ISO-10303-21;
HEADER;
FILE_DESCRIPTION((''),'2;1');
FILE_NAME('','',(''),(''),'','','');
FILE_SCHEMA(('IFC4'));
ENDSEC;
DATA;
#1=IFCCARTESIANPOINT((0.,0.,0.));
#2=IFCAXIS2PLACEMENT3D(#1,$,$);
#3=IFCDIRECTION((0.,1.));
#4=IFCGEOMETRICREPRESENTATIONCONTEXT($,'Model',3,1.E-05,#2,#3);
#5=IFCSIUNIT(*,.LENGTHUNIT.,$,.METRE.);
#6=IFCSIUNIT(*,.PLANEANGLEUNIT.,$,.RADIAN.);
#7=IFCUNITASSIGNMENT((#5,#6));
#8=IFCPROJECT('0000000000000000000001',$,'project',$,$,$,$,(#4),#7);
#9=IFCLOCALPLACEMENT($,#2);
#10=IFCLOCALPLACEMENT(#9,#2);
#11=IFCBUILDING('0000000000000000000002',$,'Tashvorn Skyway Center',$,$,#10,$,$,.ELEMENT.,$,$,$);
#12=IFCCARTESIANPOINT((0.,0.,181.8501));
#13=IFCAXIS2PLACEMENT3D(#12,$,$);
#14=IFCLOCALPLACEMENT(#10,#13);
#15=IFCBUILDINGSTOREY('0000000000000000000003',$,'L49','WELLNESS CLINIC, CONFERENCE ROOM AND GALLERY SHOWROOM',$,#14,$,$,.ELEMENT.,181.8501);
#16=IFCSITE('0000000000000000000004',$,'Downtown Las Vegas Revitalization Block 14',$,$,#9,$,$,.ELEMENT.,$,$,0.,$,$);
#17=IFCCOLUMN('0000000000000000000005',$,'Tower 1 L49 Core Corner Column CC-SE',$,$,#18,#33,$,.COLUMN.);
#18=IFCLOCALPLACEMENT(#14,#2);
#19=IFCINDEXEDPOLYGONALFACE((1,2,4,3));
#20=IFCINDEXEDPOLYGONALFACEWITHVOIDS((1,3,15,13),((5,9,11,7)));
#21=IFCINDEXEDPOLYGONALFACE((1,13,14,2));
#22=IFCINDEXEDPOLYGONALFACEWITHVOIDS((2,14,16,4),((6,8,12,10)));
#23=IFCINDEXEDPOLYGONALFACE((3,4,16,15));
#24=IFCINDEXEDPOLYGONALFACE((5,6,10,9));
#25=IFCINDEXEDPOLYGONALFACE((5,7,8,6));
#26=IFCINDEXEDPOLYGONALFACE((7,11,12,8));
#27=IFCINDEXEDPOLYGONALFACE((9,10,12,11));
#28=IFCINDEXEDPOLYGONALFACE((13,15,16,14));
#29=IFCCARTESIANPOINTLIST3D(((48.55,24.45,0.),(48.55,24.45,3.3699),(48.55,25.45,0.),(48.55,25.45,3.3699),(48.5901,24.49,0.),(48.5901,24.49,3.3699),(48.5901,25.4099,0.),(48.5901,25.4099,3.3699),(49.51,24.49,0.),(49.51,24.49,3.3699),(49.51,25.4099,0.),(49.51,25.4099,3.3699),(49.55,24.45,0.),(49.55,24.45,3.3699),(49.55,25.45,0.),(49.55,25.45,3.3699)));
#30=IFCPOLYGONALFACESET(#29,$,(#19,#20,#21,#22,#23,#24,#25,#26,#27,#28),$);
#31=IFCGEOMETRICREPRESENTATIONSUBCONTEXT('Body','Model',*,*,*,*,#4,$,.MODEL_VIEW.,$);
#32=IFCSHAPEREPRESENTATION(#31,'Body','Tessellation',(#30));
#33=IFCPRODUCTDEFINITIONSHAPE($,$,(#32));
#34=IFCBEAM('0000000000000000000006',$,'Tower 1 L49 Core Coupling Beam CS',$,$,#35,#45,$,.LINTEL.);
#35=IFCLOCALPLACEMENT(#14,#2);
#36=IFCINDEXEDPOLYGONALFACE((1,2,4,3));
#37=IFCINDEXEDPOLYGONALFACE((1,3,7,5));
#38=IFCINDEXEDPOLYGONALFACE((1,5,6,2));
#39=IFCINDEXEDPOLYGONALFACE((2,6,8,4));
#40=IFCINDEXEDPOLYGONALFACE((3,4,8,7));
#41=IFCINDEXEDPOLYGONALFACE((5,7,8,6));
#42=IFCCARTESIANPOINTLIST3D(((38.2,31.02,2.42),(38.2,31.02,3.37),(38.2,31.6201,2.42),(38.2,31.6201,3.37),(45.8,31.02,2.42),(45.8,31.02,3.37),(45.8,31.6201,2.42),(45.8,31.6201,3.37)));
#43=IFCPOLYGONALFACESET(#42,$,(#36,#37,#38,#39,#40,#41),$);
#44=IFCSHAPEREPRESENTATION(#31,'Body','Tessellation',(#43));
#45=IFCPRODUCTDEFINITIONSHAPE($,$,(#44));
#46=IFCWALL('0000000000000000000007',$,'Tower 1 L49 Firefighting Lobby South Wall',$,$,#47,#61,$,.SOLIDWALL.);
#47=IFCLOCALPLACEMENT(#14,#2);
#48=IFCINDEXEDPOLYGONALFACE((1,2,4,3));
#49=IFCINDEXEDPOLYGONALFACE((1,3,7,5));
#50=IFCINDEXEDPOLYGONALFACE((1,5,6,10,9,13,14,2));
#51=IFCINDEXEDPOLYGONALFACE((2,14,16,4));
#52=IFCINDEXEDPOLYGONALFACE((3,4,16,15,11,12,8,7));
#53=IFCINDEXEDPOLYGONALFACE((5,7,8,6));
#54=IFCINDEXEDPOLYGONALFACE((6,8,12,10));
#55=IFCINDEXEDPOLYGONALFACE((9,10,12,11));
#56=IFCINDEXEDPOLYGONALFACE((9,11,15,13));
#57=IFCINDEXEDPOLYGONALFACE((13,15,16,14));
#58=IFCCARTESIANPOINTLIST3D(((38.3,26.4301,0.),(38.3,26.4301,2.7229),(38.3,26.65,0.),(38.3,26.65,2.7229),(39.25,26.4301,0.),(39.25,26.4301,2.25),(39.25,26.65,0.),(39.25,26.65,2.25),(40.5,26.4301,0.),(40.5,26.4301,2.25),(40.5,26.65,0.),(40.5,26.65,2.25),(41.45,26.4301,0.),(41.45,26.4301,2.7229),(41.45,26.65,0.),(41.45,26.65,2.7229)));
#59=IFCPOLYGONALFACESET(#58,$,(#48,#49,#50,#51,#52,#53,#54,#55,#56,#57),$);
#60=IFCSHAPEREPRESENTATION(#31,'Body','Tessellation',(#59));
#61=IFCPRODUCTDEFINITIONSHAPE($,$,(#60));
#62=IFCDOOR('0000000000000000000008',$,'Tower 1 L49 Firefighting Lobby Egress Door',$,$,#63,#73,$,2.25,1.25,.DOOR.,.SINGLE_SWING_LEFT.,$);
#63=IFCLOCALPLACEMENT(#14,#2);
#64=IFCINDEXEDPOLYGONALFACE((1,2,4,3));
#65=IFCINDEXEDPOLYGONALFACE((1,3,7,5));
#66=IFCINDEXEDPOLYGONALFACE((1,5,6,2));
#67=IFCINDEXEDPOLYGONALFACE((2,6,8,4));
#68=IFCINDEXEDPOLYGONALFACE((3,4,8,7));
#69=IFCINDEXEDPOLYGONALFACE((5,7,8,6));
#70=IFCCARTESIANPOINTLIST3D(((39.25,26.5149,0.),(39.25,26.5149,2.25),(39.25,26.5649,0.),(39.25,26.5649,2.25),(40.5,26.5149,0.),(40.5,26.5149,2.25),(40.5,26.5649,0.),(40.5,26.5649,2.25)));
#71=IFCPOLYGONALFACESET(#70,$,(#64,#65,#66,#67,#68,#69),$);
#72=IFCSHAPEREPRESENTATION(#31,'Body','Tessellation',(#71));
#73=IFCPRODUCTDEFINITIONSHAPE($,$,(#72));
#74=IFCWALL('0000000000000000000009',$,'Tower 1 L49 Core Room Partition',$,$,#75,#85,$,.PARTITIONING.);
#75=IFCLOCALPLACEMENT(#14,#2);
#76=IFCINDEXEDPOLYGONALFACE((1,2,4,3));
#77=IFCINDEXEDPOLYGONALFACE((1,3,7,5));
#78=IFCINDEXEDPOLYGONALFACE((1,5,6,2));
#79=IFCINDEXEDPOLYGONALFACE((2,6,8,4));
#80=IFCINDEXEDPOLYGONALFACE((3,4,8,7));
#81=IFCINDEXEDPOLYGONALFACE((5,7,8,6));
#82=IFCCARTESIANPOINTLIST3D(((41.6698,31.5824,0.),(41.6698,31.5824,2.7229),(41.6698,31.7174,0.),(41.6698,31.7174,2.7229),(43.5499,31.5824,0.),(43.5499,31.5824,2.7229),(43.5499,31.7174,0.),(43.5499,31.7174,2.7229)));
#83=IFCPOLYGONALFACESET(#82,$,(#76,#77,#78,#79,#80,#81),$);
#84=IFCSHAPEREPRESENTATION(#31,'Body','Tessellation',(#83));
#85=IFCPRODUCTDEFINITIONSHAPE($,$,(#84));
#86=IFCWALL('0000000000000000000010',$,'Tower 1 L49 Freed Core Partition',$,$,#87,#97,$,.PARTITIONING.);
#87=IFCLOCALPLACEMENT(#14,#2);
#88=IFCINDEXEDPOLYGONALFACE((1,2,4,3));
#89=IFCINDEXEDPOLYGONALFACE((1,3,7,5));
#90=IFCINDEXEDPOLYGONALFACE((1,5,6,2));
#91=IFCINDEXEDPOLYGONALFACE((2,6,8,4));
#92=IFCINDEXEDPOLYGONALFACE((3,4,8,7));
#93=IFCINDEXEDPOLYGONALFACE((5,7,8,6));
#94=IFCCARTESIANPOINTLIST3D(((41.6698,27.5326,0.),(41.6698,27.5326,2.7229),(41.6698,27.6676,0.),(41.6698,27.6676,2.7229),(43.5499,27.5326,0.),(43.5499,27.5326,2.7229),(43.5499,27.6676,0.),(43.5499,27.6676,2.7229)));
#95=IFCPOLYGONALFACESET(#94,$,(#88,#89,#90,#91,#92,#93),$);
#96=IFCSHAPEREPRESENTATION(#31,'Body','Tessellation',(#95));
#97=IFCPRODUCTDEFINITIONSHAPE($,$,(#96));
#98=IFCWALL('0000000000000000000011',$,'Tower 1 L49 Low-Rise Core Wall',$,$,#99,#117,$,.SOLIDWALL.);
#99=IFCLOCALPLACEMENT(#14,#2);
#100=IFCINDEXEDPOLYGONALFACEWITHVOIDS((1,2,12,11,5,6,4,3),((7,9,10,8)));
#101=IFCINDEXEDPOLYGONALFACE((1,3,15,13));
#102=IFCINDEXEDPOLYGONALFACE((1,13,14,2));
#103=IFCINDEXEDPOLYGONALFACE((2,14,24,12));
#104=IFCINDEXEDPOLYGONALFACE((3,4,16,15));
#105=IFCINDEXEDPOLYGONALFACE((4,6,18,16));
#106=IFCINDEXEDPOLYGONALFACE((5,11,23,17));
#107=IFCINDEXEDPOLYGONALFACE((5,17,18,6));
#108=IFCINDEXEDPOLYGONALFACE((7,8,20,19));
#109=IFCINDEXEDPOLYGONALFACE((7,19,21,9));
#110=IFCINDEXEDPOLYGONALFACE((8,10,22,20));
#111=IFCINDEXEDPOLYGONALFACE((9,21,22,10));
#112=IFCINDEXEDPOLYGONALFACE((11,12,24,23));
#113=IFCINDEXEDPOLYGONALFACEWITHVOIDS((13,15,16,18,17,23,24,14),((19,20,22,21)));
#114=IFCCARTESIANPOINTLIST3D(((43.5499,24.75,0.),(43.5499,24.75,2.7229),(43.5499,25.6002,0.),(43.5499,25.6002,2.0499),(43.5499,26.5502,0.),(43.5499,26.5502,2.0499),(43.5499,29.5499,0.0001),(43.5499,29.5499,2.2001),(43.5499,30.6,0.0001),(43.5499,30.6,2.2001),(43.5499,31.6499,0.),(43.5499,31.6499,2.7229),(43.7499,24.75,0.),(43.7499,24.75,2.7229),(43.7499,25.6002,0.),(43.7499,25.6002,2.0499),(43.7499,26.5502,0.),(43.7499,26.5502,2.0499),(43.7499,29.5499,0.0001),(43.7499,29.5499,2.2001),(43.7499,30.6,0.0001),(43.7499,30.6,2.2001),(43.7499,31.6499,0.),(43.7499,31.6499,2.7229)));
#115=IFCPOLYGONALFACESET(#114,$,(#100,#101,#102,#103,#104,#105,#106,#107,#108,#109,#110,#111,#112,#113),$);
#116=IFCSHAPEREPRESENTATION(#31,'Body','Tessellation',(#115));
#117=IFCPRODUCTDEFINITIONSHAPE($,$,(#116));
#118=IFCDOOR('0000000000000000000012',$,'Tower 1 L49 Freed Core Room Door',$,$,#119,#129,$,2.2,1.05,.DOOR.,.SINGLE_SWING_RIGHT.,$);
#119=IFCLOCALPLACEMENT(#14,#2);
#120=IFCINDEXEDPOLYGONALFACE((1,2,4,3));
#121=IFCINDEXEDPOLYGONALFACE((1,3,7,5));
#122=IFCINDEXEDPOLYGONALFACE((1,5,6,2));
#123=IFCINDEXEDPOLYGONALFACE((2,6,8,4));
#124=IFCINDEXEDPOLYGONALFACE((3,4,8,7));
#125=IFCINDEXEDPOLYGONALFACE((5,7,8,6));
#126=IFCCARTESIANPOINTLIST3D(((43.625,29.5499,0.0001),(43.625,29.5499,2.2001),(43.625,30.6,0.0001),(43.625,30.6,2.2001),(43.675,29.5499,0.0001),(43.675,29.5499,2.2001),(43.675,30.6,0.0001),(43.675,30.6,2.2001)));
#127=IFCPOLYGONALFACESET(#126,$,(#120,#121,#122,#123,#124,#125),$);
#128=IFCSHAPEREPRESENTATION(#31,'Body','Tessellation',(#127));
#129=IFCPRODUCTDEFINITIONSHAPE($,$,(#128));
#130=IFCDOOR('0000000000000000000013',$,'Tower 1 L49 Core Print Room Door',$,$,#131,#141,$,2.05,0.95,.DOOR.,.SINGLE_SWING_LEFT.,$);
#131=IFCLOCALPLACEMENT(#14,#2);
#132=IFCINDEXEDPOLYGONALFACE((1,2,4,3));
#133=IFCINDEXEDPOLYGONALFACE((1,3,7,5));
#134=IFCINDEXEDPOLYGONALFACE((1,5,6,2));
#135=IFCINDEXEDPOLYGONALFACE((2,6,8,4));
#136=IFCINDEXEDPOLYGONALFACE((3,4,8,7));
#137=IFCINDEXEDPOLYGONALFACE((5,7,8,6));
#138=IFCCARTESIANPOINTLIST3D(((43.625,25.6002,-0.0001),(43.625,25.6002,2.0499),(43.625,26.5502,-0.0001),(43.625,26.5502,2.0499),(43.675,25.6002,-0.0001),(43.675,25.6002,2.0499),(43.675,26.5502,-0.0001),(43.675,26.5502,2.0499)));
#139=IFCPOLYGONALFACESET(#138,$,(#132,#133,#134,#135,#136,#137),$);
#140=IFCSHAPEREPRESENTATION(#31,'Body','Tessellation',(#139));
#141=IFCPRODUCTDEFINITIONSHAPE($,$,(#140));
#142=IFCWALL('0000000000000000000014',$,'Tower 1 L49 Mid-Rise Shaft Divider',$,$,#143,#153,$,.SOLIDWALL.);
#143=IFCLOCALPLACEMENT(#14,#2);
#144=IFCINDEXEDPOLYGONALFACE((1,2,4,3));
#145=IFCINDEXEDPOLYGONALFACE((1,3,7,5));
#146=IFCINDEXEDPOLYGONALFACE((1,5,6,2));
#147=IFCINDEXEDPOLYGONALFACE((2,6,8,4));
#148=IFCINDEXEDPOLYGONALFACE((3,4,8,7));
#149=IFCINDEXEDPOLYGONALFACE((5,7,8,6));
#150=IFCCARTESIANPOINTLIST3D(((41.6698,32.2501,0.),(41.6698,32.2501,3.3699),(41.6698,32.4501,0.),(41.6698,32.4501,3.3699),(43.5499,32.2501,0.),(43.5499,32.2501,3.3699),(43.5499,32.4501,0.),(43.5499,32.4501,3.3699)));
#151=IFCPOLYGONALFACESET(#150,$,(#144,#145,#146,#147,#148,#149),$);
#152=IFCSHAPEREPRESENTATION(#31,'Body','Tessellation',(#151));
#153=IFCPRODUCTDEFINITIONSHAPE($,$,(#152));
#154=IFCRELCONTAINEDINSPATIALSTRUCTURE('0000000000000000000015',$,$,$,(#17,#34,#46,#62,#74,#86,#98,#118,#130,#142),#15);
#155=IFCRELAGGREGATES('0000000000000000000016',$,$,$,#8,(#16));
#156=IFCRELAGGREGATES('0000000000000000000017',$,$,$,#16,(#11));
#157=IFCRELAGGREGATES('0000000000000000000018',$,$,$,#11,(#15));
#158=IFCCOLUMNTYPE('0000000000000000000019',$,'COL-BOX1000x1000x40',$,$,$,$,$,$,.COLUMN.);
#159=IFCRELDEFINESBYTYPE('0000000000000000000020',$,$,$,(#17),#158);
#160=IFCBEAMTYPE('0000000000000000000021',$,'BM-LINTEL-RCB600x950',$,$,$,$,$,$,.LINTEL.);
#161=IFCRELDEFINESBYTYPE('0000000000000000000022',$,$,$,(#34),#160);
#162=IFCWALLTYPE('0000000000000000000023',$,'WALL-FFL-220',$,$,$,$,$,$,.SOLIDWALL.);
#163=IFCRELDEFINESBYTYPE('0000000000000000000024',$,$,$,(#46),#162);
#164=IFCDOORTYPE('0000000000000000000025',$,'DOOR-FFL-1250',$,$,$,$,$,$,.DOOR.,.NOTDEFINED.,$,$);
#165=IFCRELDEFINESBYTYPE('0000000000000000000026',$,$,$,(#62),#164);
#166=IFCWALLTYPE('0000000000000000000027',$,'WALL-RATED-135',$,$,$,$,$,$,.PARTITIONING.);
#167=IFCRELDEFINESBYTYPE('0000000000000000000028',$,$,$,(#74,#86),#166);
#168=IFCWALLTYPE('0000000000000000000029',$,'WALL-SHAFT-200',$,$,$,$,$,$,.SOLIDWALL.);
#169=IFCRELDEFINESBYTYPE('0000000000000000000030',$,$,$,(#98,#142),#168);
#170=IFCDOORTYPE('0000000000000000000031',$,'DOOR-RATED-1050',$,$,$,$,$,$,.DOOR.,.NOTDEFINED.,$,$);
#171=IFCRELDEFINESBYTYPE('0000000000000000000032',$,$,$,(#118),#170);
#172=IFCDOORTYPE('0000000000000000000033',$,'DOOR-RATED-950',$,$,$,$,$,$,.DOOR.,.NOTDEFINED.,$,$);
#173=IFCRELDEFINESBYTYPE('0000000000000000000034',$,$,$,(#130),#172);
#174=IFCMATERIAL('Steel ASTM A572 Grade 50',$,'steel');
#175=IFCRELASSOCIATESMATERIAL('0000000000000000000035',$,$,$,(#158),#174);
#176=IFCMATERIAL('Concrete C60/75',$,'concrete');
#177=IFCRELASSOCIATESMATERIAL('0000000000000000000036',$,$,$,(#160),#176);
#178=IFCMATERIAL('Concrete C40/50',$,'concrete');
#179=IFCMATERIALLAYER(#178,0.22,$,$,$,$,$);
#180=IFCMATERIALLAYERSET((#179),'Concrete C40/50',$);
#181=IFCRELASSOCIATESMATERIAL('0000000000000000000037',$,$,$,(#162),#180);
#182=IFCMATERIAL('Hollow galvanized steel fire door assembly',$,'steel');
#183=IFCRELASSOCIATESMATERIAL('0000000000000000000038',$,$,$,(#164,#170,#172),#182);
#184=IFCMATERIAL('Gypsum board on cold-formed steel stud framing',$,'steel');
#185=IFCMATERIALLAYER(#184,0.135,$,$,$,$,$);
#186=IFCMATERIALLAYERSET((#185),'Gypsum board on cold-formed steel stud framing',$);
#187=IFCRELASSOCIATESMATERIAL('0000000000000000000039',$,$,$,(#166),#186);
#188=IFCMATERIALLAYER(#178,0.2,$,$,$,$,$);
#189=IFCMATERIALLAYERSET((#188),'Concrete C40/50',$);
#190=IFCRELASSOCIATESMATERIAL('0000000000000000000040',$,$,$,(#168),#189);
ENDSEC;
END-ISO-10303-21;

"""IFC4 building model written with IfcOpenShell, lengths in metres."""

from ifc_helpers import new_model, si_unit, direction, frame, frame_2d, origin, origin_2d, place, context, subcontext, project, spatial, rectangle, hollow_rectangle, extrude, material, layer, layer_set, material_profile, profile_set, type_object, element, fill, save


model = new_model("IFC4")

# Units and contexts
model_context = context("Model", 3, precision=1e-05, world=origin(), true_north=direction((0.0, 1.0)))
body_context = subcontext(model_context, "Body", "Model", "MODEL_VIEW")
ifc_project = project(units=[si_unit("LENGTHUNIT", "METRE"), si_unit("PLANEANGLEUNIT", "RADIAN")], contexts=[model_context])

# Site, building, storey
site_placement = place(None, origin())
site = spatial("IfcSite", under=ifc_project, at=site_placement, Name="Downtown Las Vegas Revitalization Block 14", CompositionType="ELEMENT", RefElevation=0.0)
building_placement = place(site_placement, origin())
building = spatial("IfcBuilding", under=site, at=building_placement, Name="Tashvorn Skyway Center", CompositionType="ELEMENT")
storey_placement = place(building_placement, frame((0.0, 0.0, 181.8501)))
storey = spatial("IfcBuildingStorey", under=building, at=storey_placement, Name="L49", Description="WELLNESS CLINIC, CONFERENCE ROOM AND GALLERY SHOWROOM", CompositionType="ELEMENT", Elevation=181.8501)

# Column
ifc_material_1 = material(Name="Steel ASTM A572 Grade 50", Category="steel")
ifc_material_profile_1 = material_profile(ifc_material_1, hollow_rectangle(XDim=1.0, YDim=1.0, WallThickness=0.04, at=origin_2d()), Name="BOX1000x1000x40")
ifc_profile_set_1 = profile_set([ifc_material_profile_1], Name="Steel ASTM A572 Grade 50")
column_type = type_object("IfcColumnType", Name="COL-BOX1000x1000x40", PredefinedType="COLUMN", material=ifc_profile_set_1)
column_placement = place(storey_placement, frame((49.05, 24.95, 0.0), z_axis=(0.0, 0.0, 1.0), x_axis=(1.0, 0.0, 0.0)))
element("IfcColumn", 1, at=column_placement, inside=storey, type_object=column_type, Name="Tower 1 L49 Core Corner Column CC-SE", PredefinedType="COLUMN", context=body_context, shape_type="SweptSolid", body=[
    extrude(hollow_rectangle(XDim=1.0, YDim=1.0, WallThickness=0.04, at=origin_2d()), origin(), (0.0, 0.0, 1.0), 3.3699),
])

# Beam
ifc_material_2 = material(Name="Concrete C60/75", Category="concrete")
ifc_material_profile_2 = material_profile(ifc_material_2, rectangle(XDim=0.6001, YDim=0.95, at=origin_2d()), Name="RCB600x950")
ifc_profile_set_2 = profile_set([ifc_material_profile_2], Name="Concrete C60/75")
beam_type = type_object("IfcBeamType", Name="BM-LINTEL-RCB600x950", PredefinedType="LINTEL", material=ifc_profile_set_2)
beam_placement = place(storey_placement, frame((38.2, 31.3201, 2.895), z_axis=(1.0, 0.0, 0.0), x_axis=(0.0, 1.0, 0.0)))
element("IfcBeam", 2, at=beam_placement, inside=storey, type_object=beam_type, Name="Tower 1 L49 Core Coupling Beam CS", PredefinedType="LINTEL", context=body_context, shape_type="SweptSolid", body=[
    extrude(rectangle(XDim=0.6001, YDim=0.95, at=origin_2d()), origin(), (0.0, 0.0, 1.0), 7.6001),
])

# Wall, opening, door
ifc_material_3 = material(Name="Concrete C40/50", Category="concrete")
ifc_layer_1 = layer(ifc_material_3, 0.22)
ifc_layer_set_1 = layer_set([ifc_layer_1], Name="Concrete C40/50")
wall_type_1 = type_object("IfcWallType", Name="WALL-FFL-220", PredefinedType="SOLIDWALL", material=ifc_layer_set_1)
wall_1_placement = place(storey_placement, frame((38.3, 26.54, 0.0), z_axis=(0.0, 0.0, 1.0), x_axis=(1.0, 0.0, 0.0)))
wall_1 = element("IfcWall", 3, at=wall_1_placement, inside=storey, type_object=wall_type_1, Name="Tower 1 L49 Firefighting Lobby South Wall", PredefinedType="SOLIDWALL", context=body_context, shape_type="SweptSolid", body=[
    extrude(rectangle(XDim=3.1499, YDim=0.22, at=frame_2d((1.575, 0.0))), origin(), (0.0, 0.0, 1.0), 2.7229),
])
opening_1_placement = place(wall_1_placement, frame((0.95, 0.0, 0.0)))
opening_1 = element("IfcOpeningElement", 4, at=opening_1_placement, cuts=wall_1, PredefinedType="OPENING", context=body_context, shape_type="SweptSolid", body=[
    extrude(rectangle(XDim=1.25, YDim=2.25, at=frame_2d((0.625, 1.125))), frame((0.0, 0.1199, 0.0), z_axis=(0.0, -1.0, 0.0), x_axis=(1.0, 0.0, 0.0)), (0.0, 0.0, 1.0), 0.24),
])
ifc_material_4 = material(Name="Hollow galvanized steel fire door assembly", Category="steel")
door_type_1 = type_object("IfcDoorType", Name="DOOR-FFL-1250", OperationType="NOTDEFINED", PredefinedType="DOOR", material=ifc_material_4)
door_1_placement = place(opening_1_placement, origin())
door_1 = element("IfcDoor", 5, at=door_1_placement, inside=storey, type_object=door_type_1, Name="Tower 1 L49 Firefighting Lobby Egress Door", OperationType="SINGLE_SWING_LEFT", OverallHeight=2.25, OverallWidth=1.25, PredefinedType="DOOR", context=body_context, shape_type="SweptSolid", body=[
    extrude(rectangle(XDim=1.25, YDim=2.25, at=frame_2d((0.625, 1.125))), frame((0.0, 0.0249, 0.0), z_axis=(0.0, -1.0, 0.0), x_axis=(1.0, 0.0, 0.0)), (0.0, 0.0, 1.0), 0.05),
])
fill(opening_1, door_1)

# Walls
ifc_material_5 = material(Name="Gypsum board on cold-formed steel stud framing", Category="steel")
ifc_layer_2 = layer(ifc_material_5, 0.135)
ifc_layer_set_2 = layer_set([ifc_layer_2], Name="Gypsum board on cold-formed steel stud framing")
wall_type_2 = type_object("IfcWallType", Name="WALL-RATED-135", PredefinedType="PARTITIONING", material=ifc_layer_set_2)
for number, where, z_axis, x_axis, name in (
    (6, (41.6699, 31.6499, 0.0), (0.0, 0.0, 1.0), (1.0, 0.0, 0.0), "Tower 1 L49 Core Room Partition"),
    (7, (41.6699, 27.6001, 0.0), (0.0, 0.0, 1.0), (1.0, 0.0, 0.0), "Tower 1 L49 Freed Core Partition"),
):
    element("IfcWall", number, at=place(storey_placement, frame(where, z_axis=z_axis, x_axis=x_axis)), inside=storey, type_object=wall_type_2, Name=name, PredefinedType="PARTITIONING", context=body_context, shape_type="SweptSolid", body=[
        extrude(rectangle(XDim=1.8801, YDim=0.135, at=frame_2d((0.9399, 0.0))), origin(), (0.0, 0.0, 1.0), 2.7229),
    ])

# Wall, openings, doors
ifc_layer_3 = layer(ifc_material_3, 0.2)
ifc_layer_set_3 = layer_set([ifc_layer_3], Name="Concrete C40/50")
wall_type_3 = type_object("IfcWallType", Name="WALL-SHAFT-200", PredefinedType="SOLIDWALL", material=ifc_layer_set_3)
wall_2_placement = place(storey_placement, frame((43.6499, 24.75, 0.0), z_axis=(0.0, 0.0, 1.0), x_axis=(0.0, 1.0, 0.0)))
wall_2 = element("IfcWall", 8, at=wall_2_placement, inside=storey, type_object=wall_type_3, Name="Tower 1 L49 Low-Rise Core Wall", PredefinedType="SOLIDWALL", context=body_context, shape_type="SweptSolid", body=[
    extrude(rectangle(XDim=6.8999, YDim=0.2, at=frame_2d((3.45, 0.0))), origin(), (0.0, 0.0, 1.0), 2.7229),
])
opening_2_placement = place(wall_2_placement, frame((0.8501, 0.0, 0.0)))
opening_2 = element("IfcOpeningElement", 9, at=opening_2_placement, cuts=wall_2, PredefinedType="OPENING", context=body_context, shape_type="SweptSolid", body=[
    extrude(rectangle(XDim=0.95, YDim=2.05, at=frame_2d((0.4751, 1.0249))), frame((0.0, 0.1099, 0.0), z_axis=(0.0, -1.0, 0.0), x_axis=(1.0, 0.0, 0.0)), (0.0, 0.0, 1.0), 0.22),
])
opening_3_placement = place(wall_2_placement, frame((4.8, 0.0, 0.0)))
opening_3 = element("IfcOpeningElement", 10, at=opening_3_placement, cuts=wall_2, PredefinedType="OPENING", context=body_context, shape_type="SweptSolid", body=[
    extrude(rectangle(XDim=1.05, YDim=2.2, at=frame_2d((0.5249, 1.1001))), frame((0.0, 0.1099, 0.0), z_axis=(0.0, -1.0, 0.0), x_axis=(1.0, 0.0, 0.0)), (0.0, 0.0, 1.0), 0.22),
])
door_type_2 = type_object("IfcDoorType", Name="DOOR-RATED-1050", OperationType="NOTDEFINED", PredefinedType="DOOR", material=ifc_material_4)
door_2_placement = place(opening_3_placement, origin())
door_2 = element("IfcDoor", 11, at=door_2_placement, inside=storey, type_object=door_type_2, Name="Tower 1 L49 Freed Core Room Door", OperationType="SINGLE_SWING_RIGHT", OverallHeight=2.2, OverallWidth=1.05, PredefinedType="DOOR", context=body_context, shape_type="SweptSolid", body=[
    extrude(rectangle(XDim=1.05, YDim=2.2, at=frame_2d((0.5249, 1.1001))), frame((0.0, 0.0249, 0.0), z_axis=(0.0, -1.0, 0.0), x_axis=(1.0, 0.0, 0.0)), (0.0, 0.0, 1.0), 0.05),
])
fill(opening_3, door_2)
door_type_3 = type_object("IfcDoorType", Name="DOOR-RATED-950", OperationType="NOTDEFINED", PredefinedType="DOOR", material=ifc_material_4)
door_3_placement = place(opening_2_placement, origin())
door_3 = element("IfcDoor", 12, at=door_3_placement, inside=storey, type_object=door_type_3, Name="Tower 1 L49 Core Print Room Door", OperationType="SINGLE_SWING_LEFT", OverallHeight=2.05, OverallWidth=0.95, PredefinedType="DOOR", context=body_context, shape_type="SweptSolid", body=[
    extrude(rectangle(XDim=0.95, YDim=2.05, at=frame_2d((0.4751, 1.0249))), frame((0.0, 0.0249, 0.0), z_axis=(0.0, -1.0, 0.0), x_axis=(1.0, 0.0, 0.0)), (0.0, 0.0, 1.0), 0.05),
])
fill(opening_2, door_3)

# Wall
wall_3_placement = place(storey_placement, frame((41.6699, 32.3501, 0.0), z_axis=(0.0, 0.0, 1.0), x_axis=(1.0, 0.0, 0.0)))
element("IfcWall", 13, at=wall_3_placement, inside=storey, type_object=wall_type_3, Name="Tower 1 L49 Mid-Rise Shaft Divider", PredefinedType="SOLIDWALL", context=body_context, shape_type="SweptSolid", body=[
    extrude(rectangle(XDim=1.8801, YDim=0.2, at=frame_2d((0.9399, 0.0))), origin(), (0.0, 0.0, 1.0), 3.3699),
])

save(model, "model.ifc")
